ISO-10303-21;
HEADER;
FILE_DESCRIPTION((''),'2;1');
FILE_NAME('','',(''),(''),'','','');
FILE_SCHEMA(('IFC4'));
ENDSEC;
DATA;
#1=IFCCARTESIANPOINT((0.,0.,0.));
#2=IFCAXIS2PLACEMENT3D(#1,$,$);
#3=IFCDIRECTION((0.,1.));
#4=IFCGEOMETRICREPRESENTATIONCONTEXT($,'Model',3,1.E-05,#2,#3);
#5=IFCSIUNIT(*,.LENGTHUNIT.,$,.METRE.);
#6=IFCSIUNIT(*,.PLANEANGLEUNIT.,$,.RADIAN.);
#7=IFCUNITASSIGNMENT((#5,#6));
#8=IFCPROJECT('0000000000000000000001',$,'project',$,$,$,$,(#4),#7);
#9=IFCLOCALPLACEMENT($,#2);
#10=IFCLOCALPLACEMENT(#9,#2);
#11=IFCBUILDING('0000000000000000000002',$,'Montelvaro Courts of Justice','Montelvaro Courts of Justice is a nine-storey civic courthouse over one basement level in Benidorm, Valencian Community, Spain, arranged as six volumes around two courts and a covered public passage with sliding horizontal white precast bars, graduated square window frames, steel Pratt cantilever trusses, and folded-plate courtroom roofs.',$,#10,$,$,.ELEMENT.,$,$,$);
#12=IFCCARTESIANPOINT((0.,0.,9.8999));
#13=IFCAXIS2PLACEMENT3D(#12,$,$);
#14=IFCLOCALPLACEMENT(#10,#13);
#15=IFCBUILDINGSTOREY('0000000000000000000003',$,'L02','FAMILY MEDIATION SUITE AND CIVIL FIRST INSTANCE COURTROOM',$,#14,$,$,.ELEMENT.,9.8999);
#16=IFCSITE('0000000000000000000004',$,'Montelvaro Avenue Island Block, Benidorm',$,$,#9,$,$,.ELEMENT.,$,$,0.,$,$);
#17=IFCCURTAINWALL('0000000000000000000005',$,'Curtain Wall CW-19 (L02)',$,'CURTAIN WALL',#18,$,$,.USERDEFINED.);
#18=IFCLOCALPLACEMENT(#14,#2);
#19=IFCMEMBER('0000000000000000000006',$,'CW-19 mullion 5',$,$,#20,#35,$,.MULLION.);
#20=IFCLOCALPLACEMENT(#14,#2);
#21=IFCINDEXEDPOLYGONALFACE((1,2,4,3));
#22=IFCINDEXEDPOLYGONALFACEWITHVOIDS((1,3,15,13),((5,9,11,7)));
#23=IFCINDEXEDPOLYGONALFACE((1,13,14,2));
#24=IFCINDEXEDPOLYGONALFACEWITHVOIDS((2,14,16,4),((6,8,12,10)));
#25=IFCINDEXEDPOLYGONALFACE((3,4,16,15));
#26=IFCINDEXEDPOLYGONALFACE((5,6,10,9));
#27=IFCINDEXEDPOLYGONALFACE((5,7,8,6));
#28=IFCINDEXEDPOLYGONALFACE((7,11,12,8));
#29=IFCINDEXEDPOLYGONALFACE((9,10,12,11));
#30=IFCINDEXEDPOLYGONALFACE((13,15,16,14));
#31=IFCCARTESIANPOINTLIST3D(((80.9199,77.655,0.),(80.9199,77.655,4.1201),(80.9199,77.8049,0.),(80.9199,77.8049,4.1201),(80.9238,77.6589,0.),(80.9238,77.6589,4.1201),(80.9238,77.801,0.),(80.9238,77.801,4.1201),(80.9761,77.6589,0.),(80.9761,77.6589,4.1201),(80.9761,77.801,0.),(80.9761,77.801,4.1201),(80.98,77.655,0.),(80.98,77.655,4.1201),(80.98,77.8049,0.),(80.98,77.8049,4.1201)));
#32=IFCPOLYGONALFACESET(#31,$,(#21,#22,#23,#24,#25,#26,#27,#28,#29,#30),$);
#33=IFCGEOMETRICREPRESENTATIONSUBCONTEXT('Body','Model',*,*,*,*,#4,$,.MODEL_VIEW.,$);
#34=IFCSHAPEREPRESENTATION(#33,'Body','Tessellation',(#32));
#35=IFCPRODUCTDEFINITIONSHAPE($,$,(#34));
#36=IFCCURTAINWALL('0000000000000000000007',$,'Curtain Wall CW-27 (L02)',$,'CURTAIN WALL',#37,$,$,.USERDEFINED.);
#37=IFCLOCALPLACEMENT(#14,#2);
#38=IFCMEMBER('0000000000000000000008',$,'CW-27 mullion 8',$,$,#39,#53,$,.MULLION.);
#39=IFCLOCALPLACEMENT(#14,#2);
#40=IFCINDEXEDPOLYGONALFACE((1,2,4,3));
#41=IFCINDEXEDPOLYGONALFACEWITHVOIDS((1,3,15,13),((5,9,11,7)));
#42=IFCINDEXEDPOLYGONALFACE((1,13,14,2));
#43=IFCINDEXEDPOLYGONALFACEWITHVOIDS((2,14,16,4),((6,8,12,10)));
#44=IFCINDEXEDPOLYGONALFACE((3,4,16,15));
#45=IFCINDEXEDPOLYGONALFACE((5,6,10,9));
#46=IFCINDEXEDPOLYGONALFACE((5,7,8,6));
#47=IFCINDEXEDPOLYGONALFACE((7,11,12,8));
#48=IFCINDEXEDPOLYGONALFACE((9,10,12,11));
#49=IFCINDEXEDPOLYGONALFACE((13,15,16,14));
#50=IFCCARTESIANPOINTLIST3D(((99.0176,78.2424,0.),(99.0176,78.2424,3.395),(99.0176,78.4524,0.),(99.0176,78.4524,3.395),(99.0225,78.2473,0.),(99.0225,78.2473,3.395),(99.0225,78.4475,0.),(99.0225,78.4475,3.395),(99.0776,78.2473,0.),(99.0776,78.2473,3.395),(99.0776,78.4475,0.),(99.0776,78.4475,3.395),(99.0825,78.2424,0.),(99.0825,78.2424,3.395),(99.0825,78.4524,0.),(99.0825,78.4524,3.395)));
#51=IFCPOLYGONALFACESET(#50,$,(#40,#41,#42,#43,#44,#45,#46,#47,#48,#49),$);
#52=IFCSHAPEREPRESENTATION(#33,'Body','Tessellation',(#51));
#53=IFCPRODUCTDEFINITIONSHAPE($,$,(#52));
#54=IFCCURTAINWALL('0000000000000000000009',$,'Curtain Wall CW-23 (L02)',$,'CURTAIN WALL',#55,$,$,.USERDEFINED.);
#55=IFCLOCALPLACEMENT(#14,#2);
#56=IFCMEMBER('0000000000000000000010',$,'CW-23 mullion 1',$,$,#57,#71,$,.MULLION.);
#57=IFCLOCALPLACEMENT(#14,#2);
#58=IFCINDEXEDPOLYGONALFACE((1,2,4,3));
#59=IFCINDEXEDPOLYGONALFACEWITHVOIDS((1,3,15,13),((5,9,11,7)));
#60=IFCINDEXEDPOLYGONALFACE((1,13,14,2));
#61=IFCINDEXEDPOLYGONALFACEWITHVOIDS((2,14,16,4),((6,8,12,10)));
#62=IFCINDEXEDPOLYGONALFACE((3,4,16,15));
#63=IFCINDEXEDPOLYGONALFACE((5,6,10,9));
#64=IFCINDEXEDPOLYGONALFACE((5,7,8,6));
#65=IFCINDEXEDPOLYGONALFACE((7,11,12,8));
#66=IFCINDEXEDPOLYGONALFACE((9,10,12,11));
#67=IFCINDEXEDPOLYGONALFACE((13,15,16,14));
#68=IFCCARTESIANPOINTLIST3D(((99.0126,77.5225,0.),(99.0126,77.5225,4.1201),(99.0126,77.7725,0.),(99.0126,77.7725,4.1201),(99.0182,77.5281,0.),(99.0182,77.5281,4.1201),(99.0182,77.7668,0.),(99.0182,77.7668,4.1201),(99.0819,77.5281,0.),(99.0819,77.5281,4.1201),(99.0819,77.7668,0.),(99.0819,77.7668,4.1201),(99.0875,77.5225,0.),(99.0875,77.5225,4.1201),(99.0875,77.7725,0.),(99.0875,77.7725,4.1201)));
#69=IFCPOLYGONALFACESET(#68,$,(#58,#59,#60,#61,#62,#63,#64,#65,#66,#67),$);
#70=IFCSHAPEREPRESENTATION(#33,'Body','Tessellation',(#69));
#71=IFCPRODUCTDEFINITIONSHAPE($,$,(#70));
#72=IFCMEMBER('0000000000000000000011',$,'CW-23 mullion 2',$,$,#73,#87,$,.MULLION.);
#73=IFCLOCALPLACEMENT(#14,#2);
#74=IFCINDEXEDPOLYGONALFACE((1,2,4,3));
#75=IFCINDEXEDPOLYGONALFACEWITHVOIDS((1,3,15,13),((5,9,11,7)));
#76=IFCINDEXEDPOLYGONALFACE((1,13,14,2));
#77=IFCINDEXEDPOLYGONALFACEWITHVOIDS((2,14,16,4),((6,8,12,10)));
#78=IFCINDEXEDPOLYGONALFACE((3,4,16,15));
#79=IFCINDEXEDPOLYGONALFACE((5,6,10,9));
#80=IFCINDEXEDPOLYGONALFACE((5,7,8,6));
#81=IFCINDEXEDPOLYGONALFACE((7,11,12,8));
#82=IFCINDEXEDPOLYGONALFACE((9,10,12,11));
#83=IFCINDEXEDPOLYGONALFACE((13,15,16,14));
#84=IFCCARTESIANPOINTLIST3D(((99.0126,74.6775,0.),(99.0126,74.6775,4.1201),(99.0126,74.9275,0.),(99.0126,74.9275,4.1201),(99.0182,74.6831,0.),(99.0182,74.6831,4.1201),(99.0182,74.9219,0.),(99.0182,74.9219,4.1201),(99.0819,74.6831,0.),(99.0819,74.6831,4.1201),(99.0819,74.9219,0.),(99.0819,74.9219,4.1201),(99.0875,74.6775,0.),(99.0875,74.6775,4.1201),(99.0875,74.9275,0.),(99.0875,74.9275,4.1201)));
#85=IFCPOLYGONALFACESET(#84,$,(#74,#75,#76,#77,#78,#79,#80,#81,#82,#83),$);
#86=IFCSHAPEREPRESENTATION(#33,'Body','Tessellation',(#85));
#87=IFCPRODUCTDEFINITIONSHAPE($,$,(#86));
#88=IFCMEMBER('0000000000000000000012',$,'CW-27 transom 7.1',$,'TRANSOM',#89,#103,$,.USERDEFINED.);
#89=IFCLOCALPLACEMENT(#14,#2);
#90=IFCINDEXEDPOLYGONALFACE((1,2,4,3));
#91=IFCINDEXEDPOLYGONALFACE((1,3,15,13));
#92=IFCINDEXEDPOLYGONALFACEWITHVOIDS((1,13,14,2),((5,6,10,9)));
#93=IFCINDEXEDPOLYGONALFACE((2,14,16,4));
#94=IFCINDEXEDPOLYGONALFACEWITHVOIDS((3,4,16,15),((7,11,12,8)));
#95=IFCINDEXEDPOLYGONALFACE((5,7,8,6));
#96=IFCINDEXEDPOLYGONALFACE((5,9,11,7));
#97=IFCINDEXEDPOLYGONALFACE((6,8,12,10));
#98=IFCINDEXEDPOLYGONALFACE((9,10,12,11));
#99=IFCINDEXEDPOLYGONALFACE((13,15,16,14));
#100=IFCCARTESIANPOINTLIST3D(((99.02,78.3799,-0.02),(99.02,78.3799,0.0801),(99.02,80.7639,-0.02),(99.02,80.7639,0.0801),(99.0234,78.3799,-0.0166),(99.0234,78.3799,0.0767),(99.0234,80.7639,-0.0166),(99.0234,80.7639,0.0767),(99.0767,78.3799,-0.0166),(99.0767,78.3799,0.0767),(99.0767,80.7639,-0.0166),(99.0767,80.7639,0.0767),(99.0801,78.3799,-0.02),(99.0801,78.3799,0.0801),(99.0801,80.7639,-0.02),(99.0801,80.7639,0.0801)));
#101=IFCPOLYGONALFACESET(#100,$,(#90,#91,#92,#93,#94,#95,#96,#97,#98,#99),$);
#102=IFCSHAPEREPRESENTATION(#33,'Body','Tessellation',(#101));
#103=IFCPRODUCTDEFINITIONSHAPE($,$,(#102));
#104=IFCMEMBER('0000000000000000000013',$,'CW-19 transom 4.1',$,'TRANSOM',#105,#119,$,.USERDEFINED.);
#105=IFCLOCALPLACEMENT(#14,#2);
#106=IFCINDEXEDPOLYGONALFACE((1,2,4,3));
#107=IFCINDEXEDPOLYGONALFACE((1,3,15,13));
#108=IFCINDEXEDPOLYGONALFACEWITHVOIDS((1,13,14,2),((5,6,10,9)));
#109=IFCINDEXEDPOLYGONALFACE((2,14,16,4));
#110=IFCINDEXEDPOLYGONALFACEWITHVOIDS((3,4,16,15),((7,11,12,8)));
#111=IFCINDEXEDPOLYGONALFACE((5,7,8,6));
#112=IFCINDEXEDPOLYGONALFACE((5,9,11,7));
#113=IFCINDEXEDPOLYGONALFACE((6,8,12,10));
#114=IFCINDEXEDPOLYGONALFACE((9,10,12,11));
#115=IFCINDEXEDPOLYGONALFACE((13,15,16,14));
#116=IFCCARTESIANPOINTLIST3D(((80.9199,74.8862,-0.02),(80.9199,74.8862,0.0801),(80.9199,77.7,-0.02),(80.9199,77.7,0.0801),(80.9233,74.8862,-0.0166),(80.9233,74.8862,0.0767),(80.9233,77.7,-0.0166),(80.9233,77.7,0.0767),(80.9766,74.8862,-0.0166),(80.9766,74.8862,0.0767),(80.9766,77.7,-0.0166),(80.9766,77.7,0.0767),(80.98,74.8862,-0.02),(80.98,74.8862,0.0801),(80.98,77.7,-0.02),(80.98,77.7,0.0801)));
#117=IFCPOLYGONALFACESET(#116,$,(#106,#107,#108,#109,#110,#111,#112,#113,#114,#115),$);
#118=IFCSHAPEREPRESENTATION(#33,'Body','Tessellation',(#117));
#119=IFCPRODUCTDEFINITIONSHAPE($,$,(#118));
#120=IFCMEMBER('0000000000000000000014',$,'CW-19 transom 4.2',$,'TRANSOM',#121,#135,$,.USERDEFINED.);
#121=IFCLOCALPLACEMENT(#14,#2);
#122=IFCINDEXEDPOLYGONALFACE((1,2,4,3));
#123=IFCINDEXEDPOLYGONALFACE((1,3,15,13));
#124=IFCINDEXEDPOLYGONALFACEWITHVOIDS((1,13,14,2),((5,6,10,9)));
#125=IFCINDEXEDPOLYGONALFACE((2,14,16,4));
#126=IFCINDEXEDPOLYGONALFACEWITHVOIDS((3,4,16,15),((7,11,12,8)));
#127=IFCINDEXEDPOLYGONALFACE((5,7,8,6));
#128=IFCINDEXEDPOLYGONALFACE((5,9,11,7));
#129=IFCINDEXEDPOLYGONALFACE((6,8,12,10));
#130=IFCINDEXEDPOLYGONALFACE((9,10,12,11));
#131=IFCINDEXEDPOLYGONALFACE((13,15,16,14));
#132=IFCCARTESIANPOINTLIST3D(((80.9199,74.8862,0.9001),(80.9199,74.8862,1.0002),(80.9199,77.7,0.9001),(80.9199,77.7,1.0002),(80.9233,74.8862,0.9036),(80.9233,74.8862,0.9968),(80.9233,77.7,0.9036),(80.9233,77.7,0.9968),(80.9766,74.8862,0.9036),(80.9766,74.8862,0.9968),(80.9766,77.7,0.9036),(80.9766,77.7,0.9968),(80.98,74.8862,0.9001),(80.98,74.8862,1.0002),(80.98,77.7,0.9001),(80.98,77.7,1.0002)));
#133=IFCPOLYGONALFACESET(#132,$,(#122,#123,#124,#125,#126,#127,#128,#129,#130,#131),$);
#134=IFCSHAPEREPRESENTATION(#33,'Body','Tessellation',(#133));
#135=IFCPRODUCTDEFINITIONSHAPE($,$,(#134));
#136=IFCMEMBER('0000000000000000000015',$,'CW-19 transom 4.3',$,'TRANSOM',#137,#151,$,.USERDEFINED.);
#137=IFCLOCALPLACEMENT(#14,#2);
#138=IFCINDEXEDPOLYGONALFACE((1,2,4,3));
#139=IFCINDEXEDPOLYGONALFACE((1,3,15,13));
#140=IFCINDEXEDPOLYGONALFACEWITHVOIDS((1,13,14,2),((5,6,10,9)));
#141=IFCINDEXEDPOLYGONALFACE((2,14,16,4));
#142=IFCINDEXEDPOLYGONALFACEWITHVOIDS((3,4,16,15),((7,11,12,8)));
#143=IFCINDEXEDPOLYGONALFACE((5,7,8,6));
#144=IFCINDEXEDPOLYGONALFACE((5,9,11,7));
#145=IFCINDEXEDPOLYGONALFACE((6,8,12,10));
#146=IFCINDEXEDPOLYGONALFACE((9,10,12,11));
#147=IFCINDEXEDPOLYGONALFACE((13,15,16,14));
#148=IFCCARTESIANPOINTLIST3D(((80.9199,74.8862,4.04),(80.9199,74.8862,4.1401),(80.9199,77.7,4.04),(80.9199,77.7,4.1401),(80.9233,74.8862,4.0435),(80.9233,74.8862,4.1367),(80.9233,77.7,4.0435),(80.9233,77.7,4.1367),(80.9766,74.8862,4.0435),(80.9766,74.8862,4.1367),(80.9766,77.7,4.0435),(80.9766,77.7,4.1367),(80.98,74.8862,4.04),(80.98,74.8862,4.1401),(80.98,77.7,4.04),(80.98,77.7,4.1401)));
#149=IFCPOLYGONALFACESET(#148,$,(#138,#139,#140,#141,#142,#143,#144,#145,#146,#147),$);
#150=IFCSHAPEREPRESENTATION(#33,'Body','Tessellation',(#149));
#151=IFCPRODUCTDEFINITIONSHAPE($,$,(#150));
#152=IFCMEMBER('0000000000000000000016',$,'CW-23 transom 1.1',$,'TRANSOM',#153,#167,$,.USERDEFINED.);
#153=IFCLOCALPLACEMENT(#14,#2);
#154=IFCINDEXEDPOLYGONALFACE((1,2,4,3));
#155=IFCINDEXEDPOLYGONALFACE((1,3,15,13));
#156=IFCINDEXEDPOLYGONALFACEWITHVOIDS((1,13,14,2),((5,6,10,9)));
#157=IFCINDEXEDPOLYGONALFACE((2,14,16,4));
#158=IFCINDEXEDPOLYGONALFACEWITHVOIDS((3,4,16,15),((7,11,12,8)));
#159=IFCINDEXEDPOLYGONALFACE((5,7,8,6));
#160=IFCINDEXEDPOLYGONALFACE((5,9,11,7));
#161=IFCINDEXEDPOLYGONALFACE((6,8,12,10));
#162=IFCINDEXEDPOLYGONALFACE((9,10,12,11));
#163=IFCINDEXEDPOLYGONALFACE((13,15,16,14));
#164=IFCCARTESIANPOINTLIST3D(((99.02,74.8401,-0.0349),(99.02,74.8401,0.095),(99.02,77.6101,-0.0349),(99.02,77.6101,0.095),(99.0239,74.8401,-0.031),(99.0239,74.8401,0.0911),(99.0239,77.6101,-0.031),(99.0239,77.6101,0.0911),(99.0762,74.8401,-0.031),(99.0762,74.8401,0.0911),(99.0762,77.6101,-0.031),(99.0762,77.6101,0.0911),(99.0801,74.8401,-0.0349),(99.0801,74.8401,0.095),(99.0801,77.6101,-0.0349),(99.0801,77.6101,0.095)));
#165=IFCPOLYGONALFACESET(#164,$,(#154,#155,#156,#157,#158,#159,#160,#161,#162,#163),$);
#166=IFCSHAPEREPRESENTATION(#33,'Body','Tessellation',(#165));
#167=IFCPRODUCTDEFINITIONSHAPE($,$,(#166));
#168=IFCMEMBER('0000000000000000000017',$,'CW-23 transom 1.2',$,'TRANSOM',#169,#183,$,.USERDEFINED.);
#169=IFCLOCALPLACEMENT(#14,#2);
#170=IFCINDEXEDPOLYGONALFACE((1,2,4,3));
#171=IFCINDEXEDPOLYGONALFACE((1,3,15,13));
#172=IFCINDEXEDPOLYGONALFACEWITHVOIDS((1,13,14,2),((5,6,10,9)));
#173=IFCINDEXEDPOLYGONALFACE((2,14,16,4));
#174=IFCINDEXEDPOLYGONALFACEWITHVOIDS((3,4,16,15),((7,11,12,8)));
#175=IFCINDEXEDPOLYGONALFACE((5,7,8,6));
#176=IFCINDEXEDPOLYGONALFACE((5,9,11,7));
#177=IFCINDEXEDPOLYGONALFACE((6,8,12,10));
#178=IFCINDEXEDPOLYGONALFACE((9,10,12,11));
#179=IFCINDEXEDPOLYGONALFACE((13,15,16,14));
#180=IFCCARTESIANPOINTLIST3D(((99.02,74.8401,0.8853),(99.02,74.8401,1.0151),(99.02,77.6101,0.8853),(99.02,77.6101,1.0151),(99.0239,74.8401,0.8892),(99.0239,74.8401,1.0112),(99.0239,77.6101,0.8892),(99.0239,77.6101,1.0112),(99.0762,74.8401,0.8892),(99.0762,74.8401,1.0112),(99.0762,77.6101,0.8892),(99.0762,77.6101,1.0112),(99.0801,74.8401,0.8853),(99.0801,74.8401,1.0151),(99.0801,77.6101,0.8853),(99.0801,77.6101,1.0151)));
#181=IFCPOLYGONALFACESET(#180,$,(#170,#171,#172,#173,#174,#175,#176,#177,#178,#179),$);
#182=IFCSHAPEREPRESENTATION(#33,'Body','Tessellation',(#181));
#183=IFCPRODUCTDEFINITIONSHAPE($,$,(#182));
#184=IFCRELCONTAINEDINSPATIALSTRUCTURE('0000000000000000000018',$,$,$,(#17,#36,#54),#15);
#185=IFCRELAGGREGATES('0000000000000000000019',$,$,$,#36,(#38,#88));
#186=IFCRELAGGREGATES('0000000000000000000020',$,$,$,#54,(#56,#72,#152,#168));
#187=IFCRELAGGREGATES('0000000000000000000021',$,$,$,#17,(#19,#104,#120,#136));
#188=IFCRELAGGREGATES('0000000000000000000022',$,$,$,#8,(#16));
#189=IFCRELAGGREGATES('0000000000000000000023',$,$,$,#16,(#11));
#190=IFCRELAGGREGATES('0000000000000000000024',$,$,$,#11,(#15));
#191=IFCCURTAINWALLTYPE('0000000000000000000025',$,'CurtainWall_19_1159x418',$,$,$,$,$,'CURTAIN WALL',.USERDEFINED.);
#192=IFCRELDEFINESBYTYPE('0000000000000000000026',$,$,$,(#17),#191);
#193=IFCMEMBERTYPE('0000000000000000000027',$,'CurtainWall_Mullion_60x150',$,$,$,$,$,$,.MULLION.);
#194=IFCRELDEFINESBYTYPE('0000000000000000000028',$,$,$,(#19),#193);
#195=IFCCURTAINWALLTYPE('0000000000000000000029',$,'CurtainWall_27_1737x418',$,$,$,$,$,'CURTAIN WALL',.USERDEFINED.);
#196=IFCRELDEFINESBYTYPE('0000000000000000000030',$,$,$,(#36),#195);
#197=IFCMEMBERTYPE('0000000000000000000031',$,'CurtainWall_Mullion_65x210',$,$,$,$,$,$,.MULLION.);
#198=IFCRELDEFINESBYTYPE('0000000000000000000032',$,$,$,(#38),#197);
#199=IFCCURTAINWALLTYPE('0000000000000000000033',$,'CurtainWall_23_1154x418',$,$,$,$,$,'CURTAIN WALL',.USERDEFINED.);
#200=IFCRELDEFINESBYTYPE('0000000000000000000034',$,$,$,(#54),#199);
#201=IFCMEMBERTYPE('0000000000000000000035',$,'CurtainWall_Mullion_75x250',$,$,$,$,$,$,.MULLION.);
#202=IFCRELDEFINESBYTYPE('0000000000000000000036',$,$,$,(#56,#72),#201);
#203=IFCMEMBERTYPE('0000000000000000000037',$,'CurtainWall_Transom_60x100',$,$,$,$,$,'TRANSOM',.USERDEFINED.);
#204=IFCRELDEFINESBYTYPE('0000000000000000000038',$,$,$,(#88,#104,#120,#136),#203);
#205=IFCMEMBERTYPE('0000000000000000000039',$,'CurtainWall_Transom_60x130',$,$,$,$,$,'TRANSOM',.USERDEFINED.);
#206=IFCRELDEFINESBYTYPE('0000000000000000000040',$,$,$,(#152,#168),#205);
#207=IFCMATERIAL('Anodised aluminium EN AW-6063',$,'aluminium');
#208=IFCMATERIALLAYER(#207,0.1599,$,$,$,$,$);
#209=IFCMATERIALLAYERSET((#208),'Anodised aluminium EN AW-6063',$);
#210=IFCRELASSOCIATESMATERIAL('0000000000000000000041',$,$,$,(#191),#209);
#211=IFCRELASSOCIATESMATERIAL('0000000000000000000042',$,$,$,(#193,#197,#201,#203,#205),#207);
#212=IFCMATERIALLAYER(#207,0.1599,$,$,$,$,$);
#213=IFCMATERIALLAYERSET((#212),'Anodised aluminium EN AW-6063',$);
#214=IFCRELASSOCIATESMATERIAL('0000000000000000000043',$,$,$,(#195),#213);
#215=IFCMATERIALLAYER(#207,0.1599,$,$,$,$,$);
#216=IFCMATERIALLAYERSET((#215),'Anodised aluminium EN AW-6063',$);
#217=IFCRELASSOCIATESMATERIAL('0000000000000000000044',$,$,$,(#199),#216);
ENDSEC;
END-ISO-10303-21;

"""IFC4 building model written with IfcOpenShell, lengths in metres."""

from ifc_helpers import new_model, si_unit, direction, frame, origin, origin_2d, place, context, subcontext, project, spatial, hollow_rectangle, extrude, material, layer, layer_set, material_profile, profile_set, type_object, element, aggregate, save


model = new_model("IFC4")

# Units and contexts
model_context = context("Model", 3, precision=1e-05, world=origin(), true_north=direction((0.0, 1.0)))
body_context = subcontext(model_context, "Body", "Model", "MODEL_VIEW")
ifc_project = project(units=[si_unit("LENGTHUNIT", "METRE"), si_unit("PLANEANGLEUNIT", "RADIAN")], contexts=[model_context])

# Site, building, storey
site_placement = place(None, origin())
site = spatial("IfcSite", under=ifc_project, at=site_placement, Name="Montelvaro Avenue Island Block, Benidorm", CompositionType="ELEMENT", RefElevation=0.0)
building_placement = place(site_placement, origin())
building = spatial("IfcBuilding", under=site, at=building_placement, Name="Montelvaro Courts of Justice", Description="Montelvaro Courts of Justice is a nine-storey civic courthouse over one basement level in Benidorm, Valencian Community, Spain, arranged as six volumes around two courts and a covered public passage with sliding horizontal white precast bars, graduated square window frames, steel Pratt cantilever trusses, and folded-plate courtroom roofs.", CompositionType="ELEMENT")
storey_placement = place(building_placement, frame((0.0, 0.0, 9.8999)))
storey = spatial("IfcBuildingStorey", under=building, at=storey_placement, Name="L02", Description="FAMILY MEDIATION SUITE AND CIVIL FIRST INSTANCE COURTROOM", CompositionType="ELEMENT", Elevation=9.8999)

# Curtain wall, member
ifc_material_1 = material(Name="Anodised aluminium EN AW-6063", Category="aluminium")
ifc_layer_1 = layer(ifc_material_1, 0.1599)
ifc_layer_set_1 = layer_set([ifc_layer_1], Name="Anodised aluminium EN AW-6063")
curtain_wall_type_1 = type_object("IfcCurtainWallType", Name="CurtainWall_19_1159x418", ElementType="CURTAIN WALL", PredefinedType="USERDEFINED", material=ifc_layer_set_1)
curtain_wall_1_placement = place(storey_placement, origin())
curtain_wall_1 = element("IfcCurtainWall", 1, at=curtain_wall_1_placement, inside=storey, type_object=curtain_wall_type_1, Name="Curtain Wall CW-19 (L02)", ObjectType="CURTAIN WALL", PredefinedType="USERDEFINED")
ifc_material_profile_1 = material_profile(ifc_material_1, hollow_rectangle(XDim=0.0601, YDim=0.1499, WallThickness=0.0039, at=origin_2d()), Name="ALU-M 60x150")
ifc_profile_set_1 = profile_set([ifc_material_profile_1], Name="Anodised aluminium EN AW-6063")
member_type_1 = type_object("IfcMemberType", Name="CurtainWall_Mullion_60x150", PredefinedType="MULLION", material=ifc_profile_set_1)
member_1_placement = place(storey_placement, frame((80.95, 77.73, 0.0), z_axis=(0.0, 0.0, 1.0), x_axis=(-1.0, 0.0, 0.0)))
member_1 = element("IfcMember", 2, at=member_1_placement, type_object=member_type_1, Name="CW-19 mullion 5", PredefinedType="MULLION", context=body_context, shape_type="SweptSolid", body=[
    extrude(hollow_rectangle(XDim=0.0601, YDim=0.1499, WallThickness=0.0039, at=origin_2d()), origin(), (0.0, 0.0, 1.0), 4.1201),
])

# Curtain wall, member
ifc_layer_2 = layer(ifc_material_1, 0.1599)
ifc_layer_set_2 = layer_set([ifc_layer_2], Name="Anodised aluminium EN AW-6063")
curtain_wall_type_2 = type_object("IfcCurtainWallType", Name="CurtainWall_27_1737x418", ElementType="CURTAIN WALL", PredefinedType="USERDEFINED", material=ifc_layer_set_2)
curtain_wall_2_placement = place(storey_placement, origin())
curtain_wall_2 = element("IfcCurtainWall", 3, at=curtain_wall_2_placement, inside=storey, type_object=curtain_wall_type_2, Name="Curtain Wall CW-27 (L02)", ObjectType="CURTAIN WALL", PredefinedType="USERDEFINED")
ifc_material_profile_2 = material_profile(ifc_material_1, hollow_rectangle(XDim=0.0649, YDim=0.21, WallThickness=0.0049, at=origin_2d()), Name="ALU-M 65x210")
ifc_profile_set_2 = profile_set([ifc_material_profile_2], Name="Anodised aluminium EN AW-6063")
member_type_2 = type_object("IfcMemberType", Name="CurtainWall_Mullion_65x210", PredefinedType="MULLION", material=ifc_profile_set_2)
member_2_placement = place(storey_placement, frame((99.05, 78.3474, 0.0), z_axis=(0.0, 0.0, 1.0), x_axis=(1.0, 0.0, 0.0)))
member_2 = element("IfcMember", 4, at=member_2_placement, type_object=member_type_2, Name="CW-27 mullion 8", PredefinedType="MULLION", context=body_context, shape_type="SweptSolid", body=[
    extrude(hollow_rectangle(XDim=0.0649, YDim=0.21, WallThickness=0.0049, at=origin_2d()), origin(), (0.0, 0.0, 1.0), 3.395),
])

# Curtain wall, members
ifc_layer_3 = layer(ifc_material_1, 0.1599)
ifc_layer_set_3 = layer_set([ifc_layer_3], Name="Anodised aluminium EN AW-6063")
curtain_wall_type_3 = type_object("IfcCurtainWallType", Name="CurtainWall_23_1154x418", ElementType="CURTAIN WALL", PredefinedType="USERDEFINED", material=ifc_layer_set_3)
curtain_wall_3_placement = place(storey_placement, origin())
curtain_wall_3 = element("IfcCurtainWall", 5, at=curtain_wall_3_placement, inside=storey, type_object=curtain_wall_type_3, Name="Curtain Wall CW-23 (L02)", ObjectType="CURTAIN WALL", PredefinedType="USERDEFINED")
ifc_material_profile_3 = material_profile(ifc_material_1, hollow_rectangle(XDim=0.075, YDim=0.25, WallThickness=0.0056, at=origin_2d()), Name="ALU-M 75x250")
ifc_profile_set_3 = profile_set([ifc_material_profile_3], Name="Anodised aluminium EN AW-6063")
member_type_3 = type_object("IfcMemberType", Name="CurtainWall_Mullion_75x250", PredefinedType="MULLION", material=ifc_profile_set_3)
member_3_placement = place(storey_placement, frame((99.05, 77.6475, 0.0), z_axis=(0.0, 0.0, 1.0), x_axis=(1.0, 0.0, 0.0)))
member_3 = element("IfcMember", 6, at=member_3_placement, type_object=member_type_3, Name="CW-23 mullion 1", PredefinedType="MULLION", context=body_context, shape_type="SweptSolid", body=[
    extrude(hollow_rectangle(XDim=0.075, YDim=0.25, WallThickness=0.0056, at=origin_2d()), origin(), (0.0, 0.0, 1.0), 4.1201),
])
member_4_placement = place(storey_placement, frame((99.05, 74.8025, 0.0), z_axis=(0.0, 0.0, 1.0), x_axis=(1.0, 0.0, 0.0)))
member_4 = element("IfcMember", 7, at=member_4_placement, type_object=member_type_3, Name="CW-23 mullion 2", PredefinedType="MULLION", context=body_context, shape_type="SweptSolid", body=[
    extrude(hollow_rectangle(XDim=0.075, YDim=0.25, WallThickness=0.0056, at=origin_2d()), origin(), (0.0, 0.0, 1.0), 4.1201),
])

# Members
ifc_material_profile_4 = material_profile(ifc_material_1, hollow_rectangle(XDim=0.0601, YDim=0.1001, WallThickness=0.0034, at=origin_2d()), Name="ALU-T 60x100")
ifc_profile_set_4 = profile_set([ifc_material_profile_4], Name="Anodised aluminium EN AW-6063")
member_type_4 = type_object("IfcMemberType", Name="CurtainWall_Transom_60x100", ElementType="TRANSOM", PredefinedType="USERDEFINED", material=ifc_profile_set_4)
member_5_placement = place(storey_placement, frame((99.05, 80.7639, 0.03), z_axis=(0.0, -1.0, 0.0), x_axis=(1.0, 0.0, 0.0)))
member_5 = element("IfcMember", 8, at=member_5_placement, type_object=member_type_4, Name="CW-27 transom 7.1", ObjectType="TRANSOM", PredefinedType="USERDEFINED", context=body_context, shape_type="SweptSolid", body=[
    extrude(hollow_rectangle(XDim=0.0601, YDim=0.1001, WallThickness=0.0034, at=origin_2d()), origin(), (0.0, 0.0, 1.0), 2.384),
])
member_6_placement = place(storey_placement, frame((80.95, 74.8862, 0.03), z_axis=(0.0, 1.0, 0.0), x_axis=(-1.0, 0.0, 0.0)))
member_6 = element("IfcMember", 9, at=member_6_placement, type_object=member_type_4, Name="CW-19 transom 4.1", ObjectType="TRANSOM", PredefinedType="USERDEFINED", context=body_context, shape_type="SweptSolid", body=[
    extrude(hollow_rectangle(XDim=0.0601, YDim=0.1001, WallThickness=0.0034, at=origin_2d()), origin(), (0.0, 0.0, 1.0), 2.8137),
])
member_7_placement = place(storey_placement, frame((80.95, 74.8862, 0.9502), z_axis=(0.0, 1.0, 0.0), x_axis=(-1.0, 0.0, 0.0)))
member_7 = element("IfcMember", 10, at=member_7_placement, type_object=member_type_4, Name="CW-19 transom 4.2", ObjectType="TRANSOM", PredefinedType="USERDEFINED", context=body_context, shape_type="SweptSolid", body=[
    extrude(hollow_rectangle(XDim=0.0601, YDim=0.1001, WallThickness=0.0034, at=origin_2d()), origin(), (0.0, 0.0, 1.0), 2.8137),
])
member_8_placement = place(storey_placement, frame((80.95, 74.8862, 4.0901), z_axis=(0.0, 1.0, 0.0), x_axis=(-1.0, 0.0, 0.0)))
member_8 = element("IfcMember", 11, at=member_8_placement, type_object=member_type_4, Name="CW-19 transom 4.3", ObjectType="TRANSOM", PredefinedType="USERDEFINED", context=body_context, shape_type="SweptSolid", body=[
    extrude(hollow_rectangle(XDim=0.0601, YDim=0.1001, WallThickness=0.0034, at=origin_2d()), origin(), (0.0, 0.0, 1.0), 2.8137),
])
ifc_material_profile_5 = material_profile(ifc_material_1, hollow_rectangle(XDim=0.0601, YDim=0.1299, WallThickness=0.0039, at=origin_2d()), Name="ALU-T 60x130")
ifc_profile_set_5 = profile_set([ifc_material_profile_5], Name="Anodised aluminium EN AW-6063")
member_type_5 = type_object("IfcMemberType", Name="CurtainWall_Transom_60x130", ElementType="TRANSOM", PredefinedType="USERDEFINED", material=ifc_profile_set_5)
member_9_placement = place(storey_placement, frame((99.05, 77.6101, 0.03), z_axis=(0.0, -1.0, 0.0), x_axis=(1.0, 0.0, 0.0)))
member_9 = element("IfcMember", 12, at=member_9_placement, type_object=member_type_5, Name="CW-23 transom 1.1", ObjectType="TRANSOM", PredefinedType="USERDEFINED", context=body_context, shape_type="SweptSolid", body=[
    extrude(hollow_rectangle(XDim=0.0601, YDim=0.1299, WallThickness=0.0039, at=origin_2d()), origin(), (0.0, 0.0, 1.0), 2.77),
])
member_10_placement = place(storey_placement, frame((99.05, 77.6101, 0.9502), z_axis=(0.0, -1.0, 0.0), x_axis=(1.0, 0.0, 0.0)))
member_10 = element("IfcMember", 13, at=member_10_placement, type_object=member_type_5, Name="CW-23 transom 1.2", ObjectType="TRANSOM", PredefinedType="USERDEFINED", context=body_context, shape_type="SweptSolid", body=[
    extrude(hollow_rectangle(XDim=0.0601, YDim=0.1299, WallThickness=0.0039, at=origin_2d()), origin(), (0.0, 0.0, 1.0), 2.77),
])

aggregate(curtain_wall_2, [member_2, member_5])
aggregate(curtain_wall_3, [member_3, member_4, member_9, member_10])
aggregate(curtain_wall_1, [member_1, member_6, member_7, member_8])

save(model, "model.ifc")
